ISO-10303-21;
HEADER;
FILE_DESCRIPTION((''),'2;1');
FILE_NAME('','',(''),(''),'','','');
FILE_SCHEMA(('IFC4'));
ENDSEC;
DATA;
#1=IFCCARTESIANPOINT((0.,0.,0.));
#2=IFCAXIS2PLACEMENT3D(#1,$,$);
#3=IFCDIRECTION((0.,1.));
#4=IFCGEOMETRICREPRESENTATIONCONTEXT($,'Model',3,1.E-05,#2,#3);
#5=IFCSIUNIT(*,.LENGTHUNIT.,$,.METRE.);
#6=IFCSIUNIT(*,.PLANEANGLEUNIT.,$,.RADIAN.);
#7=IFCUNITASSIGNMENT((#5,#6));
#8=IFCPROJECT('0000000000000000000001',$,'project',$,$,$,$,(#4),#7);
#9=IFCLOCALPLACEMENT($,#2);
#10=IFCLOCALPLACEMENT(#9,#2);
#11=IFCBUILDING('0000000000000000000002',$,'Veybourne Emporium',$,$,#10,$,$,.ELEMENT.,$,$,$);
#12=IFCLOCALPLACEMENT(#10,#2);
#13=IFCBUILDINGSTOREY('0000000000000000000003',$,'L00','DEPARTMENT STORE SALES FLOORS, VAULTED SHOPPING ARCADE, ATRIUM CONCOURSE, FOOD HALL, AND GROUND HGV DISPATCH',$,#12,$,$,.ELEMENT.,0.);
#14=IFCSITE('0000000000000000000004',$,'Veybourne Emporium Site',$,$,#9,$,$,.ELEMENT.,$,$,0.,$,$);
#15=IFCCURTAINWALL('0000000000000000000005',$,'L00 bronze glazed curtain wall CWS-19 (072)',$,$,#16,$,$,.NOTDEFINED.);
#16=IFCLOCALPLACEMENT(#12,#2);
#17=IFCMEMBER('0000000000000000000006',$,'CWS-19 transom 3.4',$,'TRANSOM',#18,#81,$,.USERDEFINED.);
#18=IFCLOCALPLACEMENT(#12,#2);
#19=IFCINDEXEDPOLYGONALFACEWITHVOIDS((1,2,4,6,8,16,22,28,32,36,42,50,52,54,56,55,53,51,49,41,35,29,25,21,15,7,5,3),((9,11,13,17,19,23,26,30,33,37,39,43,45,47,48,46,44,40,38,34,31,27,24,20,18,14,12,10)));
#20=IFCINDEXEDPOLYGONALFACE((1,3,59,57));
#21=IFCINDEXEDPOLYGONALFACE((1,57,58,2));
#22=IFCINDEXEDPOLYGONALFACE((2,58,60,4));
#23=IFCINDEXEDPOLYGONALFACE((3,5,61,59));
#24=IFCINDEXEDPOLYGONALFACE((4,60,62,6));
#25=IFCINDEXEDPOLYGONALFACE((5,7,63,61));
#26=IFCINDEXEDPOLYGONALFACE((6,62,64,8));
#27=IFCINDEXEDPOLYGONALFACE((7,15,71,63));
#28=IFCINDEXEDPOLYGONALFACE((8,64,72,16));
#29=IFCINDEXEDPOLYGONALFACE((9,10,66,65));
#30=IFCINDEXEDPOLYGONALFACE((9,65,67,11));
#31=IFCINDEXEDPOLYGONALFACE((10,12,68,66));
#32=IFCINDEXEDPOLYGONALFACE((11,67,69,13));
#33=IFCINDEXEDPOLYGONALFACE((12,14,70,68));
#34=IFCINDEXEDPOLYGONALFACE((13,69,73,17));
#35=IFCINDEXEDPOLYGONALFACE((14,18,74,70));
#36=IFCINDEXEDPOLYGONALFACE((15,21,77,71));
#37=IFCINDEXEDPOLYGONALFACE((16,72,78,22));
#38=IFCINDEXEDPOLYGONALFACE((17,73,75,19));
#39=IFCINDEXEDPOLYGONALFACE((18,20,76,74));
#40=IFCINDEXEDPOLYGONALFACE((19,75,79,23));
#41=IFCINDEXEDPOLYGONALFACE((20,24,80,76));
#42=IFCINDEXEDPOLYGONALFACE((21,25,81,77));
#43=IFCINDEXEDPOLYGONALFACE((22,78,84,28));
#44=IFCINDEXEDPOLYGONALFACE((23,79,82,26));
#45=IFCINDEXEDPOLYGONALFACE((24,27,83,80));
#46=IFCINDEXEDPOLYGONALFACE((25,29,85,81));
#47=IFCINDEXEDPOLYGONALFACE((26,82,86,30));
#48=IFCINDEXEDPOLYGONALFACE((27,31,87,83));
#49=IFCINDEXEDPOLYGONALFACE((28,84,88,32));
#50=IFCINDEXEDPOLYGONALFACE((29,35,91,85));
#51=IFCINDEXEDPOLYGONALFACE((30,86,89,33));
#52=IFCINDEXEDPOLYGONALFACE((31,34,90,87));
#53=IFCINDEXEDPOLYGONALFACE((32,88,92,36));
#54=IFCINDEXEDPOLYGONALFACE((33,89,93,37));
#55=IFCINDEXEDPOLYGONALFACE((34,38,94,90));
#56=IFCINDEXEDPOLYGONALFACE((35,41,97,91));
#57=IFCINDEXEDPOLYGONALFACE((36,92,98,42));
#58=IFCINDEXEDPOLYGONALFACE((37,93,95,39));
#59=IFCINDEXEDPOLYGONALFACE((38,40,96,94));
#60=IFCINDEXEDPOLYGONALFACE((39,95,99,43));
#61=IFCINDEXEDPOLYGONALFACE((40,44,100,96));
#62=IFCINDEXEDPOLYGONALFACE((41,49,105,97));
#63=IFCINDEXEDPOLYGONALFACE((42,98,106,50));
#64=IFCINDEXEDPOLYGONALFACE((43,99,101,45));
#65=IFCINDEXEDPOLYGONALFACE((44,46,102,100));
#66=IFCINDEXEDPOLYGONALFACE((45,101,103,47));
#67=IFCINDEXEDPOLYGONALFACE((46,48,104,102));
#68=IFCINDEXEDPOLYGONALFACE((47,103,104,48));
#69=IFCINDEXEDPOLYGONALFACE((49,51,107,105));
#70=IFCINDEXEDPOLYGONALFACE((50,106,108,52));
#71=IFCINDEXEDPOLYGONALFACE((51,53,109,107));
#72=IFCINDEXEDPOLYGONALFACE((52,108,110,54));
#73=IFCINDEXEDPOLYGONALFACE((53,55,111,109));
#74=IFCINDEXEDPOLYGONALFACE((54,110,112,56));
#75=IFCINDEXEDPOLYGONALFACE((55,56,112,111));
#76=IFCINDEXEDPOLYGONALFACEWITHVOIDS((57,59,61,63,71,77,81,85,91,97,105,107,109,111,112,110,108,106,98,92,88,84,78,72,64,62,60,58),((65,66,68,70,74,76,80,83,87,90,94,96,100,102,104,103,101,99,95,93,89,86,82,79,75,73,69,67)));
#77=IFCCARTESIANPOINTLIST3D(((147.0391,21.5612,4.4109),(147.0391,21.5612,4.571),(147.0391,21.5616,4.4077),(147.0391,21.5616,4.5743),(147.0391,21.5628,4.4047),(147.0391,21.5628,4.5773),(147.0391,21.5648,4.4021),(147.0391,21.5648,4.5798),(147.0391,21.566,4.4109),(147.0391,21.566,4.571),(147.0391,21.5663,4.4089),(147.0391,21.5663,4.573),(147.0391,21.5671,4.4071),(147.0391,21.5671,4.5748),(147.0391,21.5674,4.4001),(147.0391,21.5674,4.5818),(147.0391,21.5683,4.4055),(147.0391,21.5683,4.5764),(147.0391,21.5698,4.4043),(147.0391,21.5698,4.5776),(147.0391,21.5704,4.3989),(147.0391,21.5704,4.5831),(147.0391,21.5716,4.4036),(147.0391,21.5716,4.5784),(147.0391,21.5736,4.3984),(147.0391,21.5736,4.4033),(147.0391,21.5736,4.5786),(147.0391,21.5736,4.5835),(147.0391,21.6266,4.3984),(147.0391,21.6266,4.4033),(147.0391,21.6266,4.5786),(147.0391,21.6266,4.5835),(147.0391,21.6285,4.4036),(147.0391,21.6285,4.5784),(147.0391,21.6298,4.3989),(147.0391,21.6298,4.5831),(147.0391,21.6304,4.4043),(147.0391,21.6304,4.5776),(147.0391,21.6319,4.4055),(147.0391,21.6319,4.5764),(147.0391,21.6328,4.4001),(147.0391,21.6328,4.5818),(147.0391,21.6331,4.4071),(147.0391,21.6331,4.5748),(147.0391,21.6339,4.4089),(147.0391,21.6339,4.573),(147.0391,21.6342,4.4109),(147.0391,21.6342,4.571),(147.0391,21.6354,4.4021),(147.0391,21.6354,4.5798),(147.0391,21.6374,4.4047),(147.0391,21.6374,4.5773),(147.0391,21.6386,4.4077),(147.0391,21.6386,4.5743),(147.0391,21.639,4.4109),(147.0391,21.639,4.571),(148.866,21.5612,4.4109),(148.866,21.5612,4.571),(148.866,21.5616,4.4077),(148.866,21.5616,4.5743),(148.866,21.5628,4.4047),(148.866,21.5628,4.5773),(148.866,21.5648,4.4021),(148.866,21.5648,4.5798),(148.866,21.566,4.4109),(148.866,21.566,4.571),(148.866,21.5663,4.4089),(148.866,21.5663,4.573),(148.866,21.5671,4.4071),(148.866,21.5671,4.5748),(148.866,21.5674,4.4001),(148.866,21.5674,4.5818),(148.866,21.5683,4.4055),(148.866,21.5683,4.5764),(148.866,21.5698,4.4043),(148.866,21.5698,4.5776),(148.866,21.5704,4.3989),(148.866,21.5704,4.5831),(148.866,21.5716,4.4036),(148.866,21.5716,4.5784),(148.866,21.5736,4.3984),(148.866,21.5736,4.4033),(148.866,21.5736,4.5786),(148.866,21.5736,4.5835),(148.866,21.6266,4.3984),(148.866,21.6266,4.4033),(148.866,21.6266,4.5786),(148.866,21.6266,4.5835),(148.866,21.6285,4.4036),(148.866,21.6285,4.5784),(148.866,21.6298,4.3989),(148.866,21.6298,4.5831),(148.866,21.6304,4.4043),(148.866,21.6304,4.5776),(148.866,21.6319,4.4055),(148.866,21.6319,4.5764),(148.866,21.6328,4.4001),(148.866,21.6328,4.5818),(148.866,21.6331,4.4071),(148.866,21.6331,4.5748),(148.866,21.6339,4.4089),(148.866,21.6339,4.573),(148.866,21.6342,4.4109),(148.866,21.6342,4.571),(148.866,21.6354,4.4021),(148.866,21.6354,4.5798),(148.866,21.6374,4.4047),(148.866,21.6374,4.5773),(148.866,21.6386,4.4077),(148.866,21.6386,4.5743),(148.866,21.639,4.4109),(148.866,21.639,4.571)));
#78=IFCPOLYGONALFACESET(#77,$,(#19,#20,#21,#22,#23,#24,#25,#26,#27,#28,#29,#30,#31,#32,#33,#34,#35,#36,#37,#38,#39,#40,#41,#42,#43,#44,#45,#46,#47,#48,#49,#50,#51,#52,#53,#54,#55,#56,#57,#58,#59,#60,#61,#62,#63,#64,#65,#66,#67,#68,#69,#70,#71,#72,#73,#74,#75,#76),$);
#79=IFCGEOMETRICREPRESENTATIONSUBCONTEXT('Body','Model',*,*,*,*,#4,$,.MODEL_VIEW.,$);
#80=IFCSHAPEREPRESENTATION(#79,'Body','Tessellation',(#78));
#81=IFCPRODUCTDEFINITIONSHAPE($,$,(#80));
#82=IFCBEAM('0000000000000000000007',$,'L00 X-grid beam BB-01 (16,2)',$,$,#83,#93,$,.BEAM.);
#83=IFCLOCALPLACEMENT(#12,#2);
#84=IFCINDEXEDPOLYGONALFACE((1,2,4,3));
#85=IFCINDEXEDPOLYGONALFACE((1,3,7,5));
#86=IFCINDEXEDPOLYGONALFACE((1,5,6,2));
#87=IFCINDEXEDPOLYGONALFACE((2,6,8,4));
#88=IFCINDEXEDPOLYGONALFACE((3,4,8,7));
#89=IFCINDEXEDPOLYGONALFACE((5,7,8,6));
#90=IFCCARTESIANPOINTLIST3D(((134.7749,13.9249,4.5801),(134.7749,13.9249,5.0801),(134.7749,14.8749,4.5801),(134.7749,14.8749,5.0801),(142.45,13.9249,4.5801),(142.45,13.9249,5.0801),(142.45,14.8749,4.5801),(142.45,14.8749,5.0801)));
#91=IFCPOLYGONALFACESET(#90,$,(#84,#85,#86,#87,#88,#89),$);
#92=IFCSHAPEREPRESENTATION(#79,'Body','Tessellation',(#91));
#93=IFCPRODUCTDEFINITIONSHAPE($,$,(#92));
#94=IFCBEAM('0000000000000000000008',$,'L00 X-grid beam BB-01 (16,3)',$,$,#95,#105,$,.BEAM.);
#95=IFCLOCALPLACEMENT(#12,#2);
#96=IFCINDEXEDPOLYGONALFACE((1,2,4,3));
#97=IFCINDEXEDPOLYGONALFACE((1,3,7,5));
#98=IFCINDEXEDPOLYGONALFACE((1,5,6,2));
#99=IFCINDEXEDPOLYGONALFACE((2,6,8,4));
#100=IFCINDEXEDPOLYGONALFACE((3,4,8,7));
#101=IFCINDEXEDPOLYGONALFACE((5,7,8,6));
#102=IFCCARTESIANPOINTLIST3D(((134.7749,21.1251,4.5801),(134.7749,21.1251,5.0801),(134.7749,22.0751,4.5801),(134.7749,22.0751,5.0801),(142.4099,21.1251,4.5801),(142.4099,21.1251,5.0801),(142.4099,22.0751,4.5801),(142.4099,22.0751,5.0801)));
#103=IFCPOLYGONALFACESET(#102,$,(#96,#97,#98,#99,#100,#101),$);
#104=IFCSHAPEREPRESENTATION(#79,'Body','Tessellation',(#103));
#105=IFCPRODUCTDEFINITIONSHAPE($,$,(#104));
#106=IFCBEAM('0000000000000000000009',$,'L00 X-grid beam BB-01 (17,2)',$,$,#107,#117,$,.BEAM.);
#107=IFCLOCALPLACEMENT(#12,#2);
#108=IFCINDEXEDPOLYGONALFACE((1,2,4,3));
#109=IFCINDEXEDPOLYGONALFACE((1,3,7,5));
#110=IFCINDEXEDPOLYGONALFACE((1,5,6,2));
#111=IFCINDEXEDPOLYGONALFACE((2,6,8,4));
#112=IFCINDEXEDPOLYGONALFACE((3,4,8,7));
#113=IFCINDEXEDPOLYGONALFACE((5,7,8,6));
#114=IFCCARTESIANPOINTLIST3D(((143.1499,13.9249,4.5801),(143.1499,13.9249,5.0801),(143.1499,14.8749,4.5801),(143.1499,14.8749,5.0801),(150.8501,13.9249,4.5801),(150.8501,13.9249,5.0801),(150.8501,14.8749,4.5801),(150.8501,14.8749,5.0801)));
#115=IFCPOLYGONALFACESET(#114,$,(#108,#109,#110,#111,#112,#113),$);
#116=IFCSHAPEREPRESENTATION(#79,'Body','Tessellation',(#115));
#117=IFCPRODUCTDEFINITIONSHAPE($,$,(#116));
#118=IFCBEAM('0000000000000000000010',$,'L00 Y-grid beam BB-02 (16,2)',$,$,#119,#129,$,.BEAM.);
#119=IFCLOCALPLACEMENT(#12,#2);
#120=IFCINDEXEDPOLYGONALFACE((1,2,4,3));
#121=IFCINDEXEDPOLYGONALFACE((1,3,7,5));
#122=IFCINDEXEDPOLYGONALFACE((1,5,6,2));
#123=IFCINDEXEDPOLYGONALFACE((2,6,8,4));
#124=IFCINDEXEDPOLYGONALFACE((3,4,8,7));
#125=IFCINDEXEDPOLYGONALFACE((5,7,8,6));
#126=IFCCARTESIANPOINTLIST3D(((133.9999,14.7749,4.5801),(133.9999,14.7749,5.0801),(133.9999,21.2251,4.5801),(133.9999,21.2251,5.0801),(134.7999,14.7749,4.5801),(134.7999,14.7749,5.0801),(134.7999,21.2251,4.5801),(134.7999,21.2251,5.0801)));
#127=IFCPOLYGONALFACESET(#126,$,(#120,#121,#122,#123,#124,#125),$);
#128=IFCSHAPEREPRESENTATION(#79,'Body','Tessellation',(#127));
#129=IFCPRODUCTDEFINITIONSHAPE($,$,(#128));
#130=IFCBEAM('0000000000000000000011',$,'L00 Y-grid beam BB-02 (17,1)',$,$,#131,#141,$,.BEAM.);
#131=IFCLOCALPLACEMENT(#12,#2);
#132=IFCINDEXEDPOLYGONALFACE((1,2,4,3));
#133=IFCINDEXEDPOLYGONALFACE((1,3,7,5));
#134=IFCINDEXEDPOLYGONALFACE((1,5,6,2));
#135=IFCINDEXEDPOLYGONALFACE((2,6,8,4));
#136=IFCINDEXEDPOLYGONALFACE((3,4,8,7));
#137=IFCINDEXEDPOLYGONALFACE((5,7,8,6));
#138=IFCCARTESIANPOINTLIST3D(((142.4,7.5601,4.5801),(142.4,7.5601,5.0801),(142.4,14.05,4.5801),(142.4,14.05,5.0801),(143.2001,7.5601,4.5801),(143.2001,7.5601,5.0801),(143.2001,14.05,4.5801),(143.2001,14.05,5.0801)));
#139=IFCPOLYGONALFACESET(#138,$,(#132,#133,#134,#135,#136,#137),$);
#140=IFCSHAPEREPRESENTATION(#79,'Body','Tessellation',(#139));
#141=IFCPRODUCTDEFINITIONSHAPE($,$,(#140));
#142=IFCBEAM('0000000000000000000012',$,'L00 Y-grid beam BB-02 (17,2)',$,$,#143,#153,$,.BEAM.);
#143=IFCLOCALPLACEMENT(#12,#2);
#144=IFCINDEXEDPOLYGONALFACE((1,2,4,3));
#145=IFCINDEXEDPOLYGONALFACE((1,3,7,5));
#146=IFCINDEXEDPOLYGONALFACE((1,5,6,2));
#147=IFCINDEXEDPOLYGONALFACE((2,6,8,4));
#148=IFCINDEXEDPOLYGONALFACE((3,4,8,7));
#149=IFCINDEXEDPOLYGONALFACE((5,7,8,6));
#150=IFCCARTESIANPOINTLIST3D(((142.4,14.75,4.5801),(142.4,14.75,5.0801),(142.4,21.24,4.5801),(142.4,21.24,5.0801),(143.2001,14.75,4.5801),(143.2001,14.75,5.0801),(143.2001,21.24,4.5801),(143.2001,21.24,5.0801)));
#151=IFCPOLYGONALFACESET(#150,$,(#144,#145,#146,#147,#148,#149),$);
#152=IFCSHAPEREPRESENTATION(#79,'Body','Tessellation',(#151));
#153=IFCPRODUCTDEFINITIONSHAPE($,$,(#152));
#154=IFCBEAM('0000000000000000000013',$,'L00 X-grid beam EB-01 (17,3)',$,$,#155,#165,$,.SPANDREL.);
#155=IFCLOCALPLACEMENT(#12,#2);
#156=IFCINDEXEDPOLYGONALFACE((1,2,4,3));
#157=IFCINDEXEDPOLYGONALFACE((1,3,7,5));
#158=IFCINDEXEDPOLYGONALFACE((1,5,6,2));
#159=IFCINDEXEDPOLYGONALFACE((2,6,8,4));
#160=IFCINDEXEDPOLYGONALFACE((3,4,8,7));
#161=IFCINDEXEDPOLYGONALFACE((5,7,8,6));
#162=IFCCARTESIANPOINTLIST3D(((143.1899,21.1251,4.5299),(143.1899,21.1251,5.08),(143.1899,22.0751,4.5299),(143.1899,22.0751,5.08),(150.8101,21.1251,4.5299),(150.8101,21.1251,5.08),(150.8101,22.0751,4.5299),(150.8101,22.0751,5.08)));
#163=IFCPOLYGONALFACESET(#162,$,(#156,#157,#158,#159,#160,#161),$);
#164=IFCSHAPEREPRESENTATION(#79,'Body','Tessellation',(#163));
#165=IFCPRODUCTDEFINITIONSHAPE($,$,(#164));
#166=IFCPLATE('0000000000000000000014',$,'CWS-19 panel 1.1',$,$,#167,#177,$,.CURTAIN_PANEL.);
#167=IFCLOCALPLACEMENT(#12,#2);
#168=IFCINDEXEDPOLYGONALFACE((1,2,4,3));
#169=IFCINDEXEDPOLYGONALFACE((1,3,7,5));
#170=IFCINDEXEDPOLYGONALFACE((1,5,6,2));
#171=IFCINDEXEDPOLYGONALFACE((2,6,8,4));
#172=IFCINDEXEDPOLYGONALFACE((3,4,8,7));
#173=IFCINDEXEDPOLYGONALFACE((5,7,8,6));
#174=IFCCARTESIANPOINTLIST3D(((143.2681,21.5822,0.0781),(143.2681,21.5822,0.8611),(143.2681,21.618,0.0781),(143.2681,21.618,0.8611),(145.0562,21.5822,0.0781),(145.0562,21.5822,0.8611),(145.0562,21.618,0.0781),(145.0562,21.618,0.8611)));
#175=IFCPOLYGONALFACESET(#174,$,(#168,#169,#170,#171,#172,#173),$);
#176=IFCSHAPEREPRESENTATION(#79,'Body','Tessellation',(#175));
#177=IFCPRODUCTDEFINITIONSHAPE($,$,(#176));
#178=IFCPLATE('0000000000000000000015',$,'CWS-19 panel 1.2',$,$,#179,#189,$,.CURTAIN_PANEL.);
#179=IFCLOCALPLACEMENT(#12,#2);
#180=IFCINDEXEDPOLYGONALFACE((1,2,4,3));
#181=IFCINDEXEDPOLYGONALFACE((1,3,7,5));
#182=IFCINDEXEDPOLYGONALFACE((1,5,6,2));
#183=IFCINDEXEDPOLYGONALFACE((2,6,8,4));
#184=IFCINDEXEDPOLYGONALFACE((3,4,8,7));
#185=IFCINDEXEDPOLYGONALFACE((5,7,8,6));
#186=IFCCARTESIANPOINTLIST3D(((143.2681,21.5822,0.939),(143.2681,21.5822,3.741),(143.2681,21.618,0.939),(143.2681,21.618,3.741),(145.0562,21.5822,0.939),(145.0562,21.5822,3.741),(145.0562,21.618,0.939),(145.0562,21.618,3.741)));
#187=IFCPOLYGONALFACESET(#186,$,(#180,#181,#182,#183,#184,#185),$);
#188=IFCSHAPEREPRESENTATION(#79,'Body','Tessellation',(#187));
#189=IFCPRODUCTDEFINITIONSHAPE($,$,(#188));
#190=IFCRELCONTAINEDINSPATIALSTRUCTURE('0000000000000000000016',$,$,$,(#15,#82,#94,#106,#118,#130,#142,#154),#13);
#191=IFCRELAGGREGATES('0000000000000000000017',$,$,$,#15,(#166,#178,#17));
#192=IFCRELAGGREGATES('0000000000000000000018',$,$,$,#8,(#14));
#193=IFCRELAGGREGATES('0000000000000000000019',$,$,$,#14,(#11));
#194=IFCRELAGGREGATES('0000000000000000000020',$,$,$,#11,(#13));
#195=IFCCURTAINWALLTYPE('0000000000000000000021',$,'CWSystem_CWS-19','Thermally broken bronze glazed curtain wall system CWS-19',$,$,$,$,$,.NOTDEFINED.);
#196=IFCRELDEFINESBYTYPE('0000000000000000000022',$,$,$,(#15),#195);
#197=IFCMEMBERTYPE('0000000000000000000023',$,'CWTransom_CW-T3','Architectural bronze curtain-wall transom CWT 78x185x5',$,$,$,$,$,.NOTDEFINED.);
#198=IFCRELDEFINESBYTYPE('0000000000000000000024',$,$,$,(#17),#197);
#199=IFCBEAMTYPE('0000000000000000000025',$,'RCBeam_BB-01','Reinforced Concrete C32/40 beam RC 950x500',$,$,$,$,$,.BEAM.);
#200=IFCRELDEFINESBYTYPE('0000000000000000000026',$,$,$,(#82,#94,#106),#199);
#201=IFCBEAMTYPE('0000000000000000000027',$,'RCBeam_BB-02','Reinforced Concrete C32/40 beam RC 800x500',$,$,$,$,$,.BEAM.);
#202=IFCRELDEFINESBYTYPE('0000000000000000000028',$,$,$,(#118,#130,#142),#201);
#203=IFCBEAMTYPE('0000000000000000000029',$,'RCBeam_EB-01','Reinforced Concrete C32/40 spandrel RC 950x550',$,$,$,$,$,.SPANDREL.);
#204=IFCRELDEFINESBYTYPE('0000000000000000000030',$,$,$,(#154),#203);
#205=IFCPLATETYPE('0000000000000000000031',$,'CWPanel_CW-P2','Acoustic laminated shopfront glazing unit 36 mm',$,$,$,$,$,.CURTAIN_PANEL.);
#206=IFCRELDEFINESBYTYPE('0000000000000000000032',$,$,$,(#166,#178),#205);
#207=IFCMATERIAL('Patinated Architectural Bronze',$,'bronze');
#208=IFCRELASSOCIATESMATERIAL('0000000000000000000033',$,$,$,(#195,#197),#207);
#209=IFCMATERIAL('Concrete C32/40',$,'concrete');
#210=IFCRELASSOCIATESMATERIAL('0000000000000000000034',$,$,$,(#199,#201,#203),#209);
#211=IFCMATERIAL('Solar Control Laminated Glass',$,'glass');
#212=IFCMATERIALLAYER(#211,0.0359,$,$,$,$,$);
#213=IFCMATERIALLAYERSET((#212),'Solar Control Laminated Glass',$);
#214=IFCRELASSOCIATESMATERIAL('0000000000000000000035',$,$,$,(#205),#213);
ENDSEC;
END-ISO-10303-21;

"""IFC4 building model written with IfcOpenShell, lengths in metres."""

from ifc_helpers import new_model, si_unit, direction, frame, origin, origin_2d, place, context, subcontext, project, spatial, rectangle, hollow_rectangle, extrude, material, layer, layer_set, material_profile, profile_set, type_object, element, aggregate, save


model = new_model("IFC4")

# Units and contexts
model_context = context("Model", 3, precision=1e-05, world=origin(), true_north=direction((0.0, 1.0)))
body_context = subcontext(model_context, "Body", "Model", "MODEL_VIEW")
ifc_project = project(units=[si_unit("LENGTHUNIT", "METRE"), si_unit("PLANEANGLEUNIT", "RADIAN")], contexts=[model_context])

# Site, building, storey
site_placement = place(None, origin())
site = spatial("IfcSite", under=ifc_project, at=site_placement, Name="Veybourne Emporium Site", CompositionType="ELEMENT", RefElevation=0.0)
building_placement = place(site_placement, origin())
building = spatial("IfcBuilding", under=site, at=building_placement, Name="Veybourne Emporium", CompositionType="ELEMENT")
storey_placement = place(building_placement, origin())
storey = spatial("IfcBuildingStorey", under=building, at=storey_placement, Name="L00", Description="DEPARTMENT STORE SALES FLOORS, VAULTED SHOPPING ARCADE, ATRIUM CONCOURSE, FOOD HALL, AND GROUND HGV DISPATCH", CompositionType="ELEMENT", Elevation=0.0)

# Curtain wall, member
ifc_material_1 = material(Name="Patinated Architectural Bronze", Category="bronze")
curtain_wall_type = type_object("IfcCurtainWallType", Name="CWSystem_CWS-19", Description="Thermally broken bronze glazed curtain wall system CWS-19", PredefinedType="NOTDEFINED", material=ifc_material_1)
curtain_wall_placement = place(storey_placement, origin())
curtain_wall = element("IfcCurtainWall", 1, at=curtain_wall_placement, inside=storey, type_object=curtain_wall_type, Name="L00 bronze glazed curtain wall CWS-19 (072)", PredefinedType="NOTDEFINED")
ifc_material_profile_1 = material_profile(ifc_material_1, hollow_rectangle(XDim=0.0779, YDim=0.1851, WallThickness=0.0049, InnerFilletRadius=0.0076, OuterFilletRadius=0.0125, at=origin_2d()), Name="CWT 78x185x5")
ifc_profile_set_1 = profile_set([ifc_material_profile_1], Name="Patinated Architectural Bronze")
member_type_1 = type_object("IfcMemberType", Name="CWTransom_CW-T3", Description="Architectural bronze curtain-wall transom CWT 78x185x5", PredefinedType="NOTDEFINED", material=ifc_profile_set_1)
member_1_placement = place(storey_placement, frame((147.0391, 21.6001, 4.491), z_axis=(1.0, 0.0, 0.0), x_axis=(0.0, 1.0, 0.0)))
member_1 = element("IfcMember", 2, at=member_1_placement, type_object=member_type_1, Name="CWS-19 transom 3.4", ObjectType="TRANSOM", PredefinedType="USERDEFINED", context=body_context, shape_type="SweptSolid", body=[
    extrude(hollow_rectangle(XDim=0.0779, YDim=0.1851, WallThickness=0.0049, InnerFilletRadius=0.0076, OuterFilletRadius=0.0125, at=origin_2d()), origin(), (0.0, 0.0, 1.0), 1.8269),
])

# Beams
ifc_material_2 = material(Name="Concrete C32/40", Category="concrete")
ifc_material_profile_2 = material_profile(ifc_material_2, rectangle(XDim=0.95, YDim=0.5, at=origin_2d()), Name="RC 950x500")
ifc_profile_set_2 = profile_set([ifc_material_profile_2], Name="Concrete C32/40")
beam_type_1 = type_object("IfcBeamType", Name="RCBeam_BB-01", Description="Reinforced Concrete C32/40 beam RC 950x500", PredefinedType="BEAM", material=ifc_profile_set_2)
beam_1_placement = place(storey_placement, frame((134.7749, 14.3999, 4.8301), z_axis=(1.0, 0.0, 0.0), x_axis=(0.0, 1.0, 0.0)))
element("IfcBeam", 3, at=beam_1_placement, inside=storey, type_object=beam_type_1, Name="L00 X-grid beam BB-01 (16,2)", PredefinedType="BEAM", context=body_context, shape_type="SweptSolid", body=[
    extrude(rectangle(XDim=0.95, YDim=0.5, at=origin_2d()), origin(), (0.0, 0.0, 1.0), 7.675),
])
beam_2_placement = place(storey_placement, frame((134.7749, 21.6001, 4.8301), z_axis=(1.0, 0.0, 0.0), x_axis=(0.0, 1.0, 0.0)))
element("IfcBeam", 4, at=beam_2_placement, inside=storey, type_object=beam_type_1, Name="L00 X-grid beam BB-01 (16,3)", PredefinedType="BEAM", context=body_context, shape_type="SweptSolid", body=[
    extrude(rectangle(XDim=0.95, YDim=0.5, at=origin_2d()), origin(), (0.0, 0.0, 1.0), 7.635),
])
beam_3_placement = place(storey_placement, frame((143.1499, 14.3999, 4.8301), z_axis=(1.0, 0.0, 0.0), x_axis=(0.0, 1.0, 0.0)))
element("IfcBeam", 5, at=beam_3_placement, inside=storey, type_object=beam_type_1, Name="L00 X-grid beam BB-01 (17,2)", PredefinedType="BEAM", context=body_context, shape_type="SweptSolid", body=[
    extrude(rectangle(XDim=0.95, YDim=0.5, at=origin_2d()), origin(), (0.0, 0.0, 1.0), 7.7002),
])
ifc_material_profile_3 = material_profile(ifc_material_2, rectangle(XDim=0.8, YDim=0.5, at=origin_2d()), Name="RC 800x500")
ifc_profile_set_3 = profile_set([ifc_material_profile_3], Name="Concrete C32/40")
beam_type_2 = type_object("IfcBeamType", Name="RCBeam_BB-02", Description="Reinforced Concrete C32/40 beam RC 800x500", PredefinedType="BEAM", material=ifc_profile_set_3)
beam_4_placement = place(storey_placement, frame((134.3999, 14.7749, 4.8301), z_axis=(0.0, 1.0, 0.0), x_axis=(-1.0, 0.0, 0.0)))
element("IfcBeam", 6, at=beam_4_placement, inside=storey, type_object=beam_type_2, Name="L00 Y-grid beam BB-02 (16,2)", PredefinedType="BEAM", context=body_context, shape_type="SweptSolid", body=[
    extrude(rectangle(XDim=0.8, YDim=0.5, at=origin_2d()), origin(), (0.0, 0.0, 1.0), 6.4502),
])
for number, where, z_axis, x_axis, name in (
    (7, (142.8, 7.5601, 4.8301), (0.0, 1.0, 0.0), (-1.0, 0.0, 0.0), "L00 Y-grid beam BB-02 (17,1)"),
    (8, (142.8, 14.75, 4.8301), (0.0, 1.0, 0.0), (-1.0, 0.0, 0.0), "L00 Y-grid beam BB-02 (17,2)"),
):
    element("IfcBeam", number, at=place(storey_placement, frame(where, z_axis=z_axis, x_axis=x_axis)), inside=storey, type_object=beam_type_2, Name=name, PredefinedType="BEAM", context=body_context, shape_type="SweptSolid", body=[
        extrude(rectangle(XDim=0.8, YDim=0.5, at=origin_2d()), origin(), (0.0, 0.0, 1.0), 6.49),
    ])
ifc_material_profile_4 = material_profile(ifc_material_2, rectangle(XDim=0.95, YDim=0.55, at=origin_2d()), Name="RC 950x550")
ifc_profile_set_4 = profile_set([ifc_material_profile_4], Name="Concrete C32/40")
beam_type_3 = type_object("IfcBeamType", Name="RCBeam_EB-01", Description="Reinforced Concrete C32/40 spandrel RC 950x550", PredefinedType="SPANDREL", material=ifc_profile_set_4)
beam_5_placement = place(storey_placement, frame((143.1899, 21.6001, 4.8049), z_axis=(1.0, 0.0, 0.0), x_axis=(0.0, 1.0, 0.0)))
element("IfcBeam", 9, at=beam_5_placement, inside=storey, type_object=beam_type_3, Name="L00 X-grid beam EB-01 (17,3)", PredefinedType="SPANDREL", context=body_context, shape_type="SweptSolid", body=[
    extrude(rectangle(XDim=0.95, YDim=0.55, at=origin_2d()), origin(), (0.0, 0.0, 1.0), 7.6201),
])

# Plates
ifc_material_3 = material(Name="Solar Control Laminated Glass", Category="glass")
ifc_layer = layer(ifc_material_3, 0.0359)
ifc_layer_set = layer_set([ifc_layer], Name="Solar Control Laminated Glass")
plate_type = type_object("IfcPlateType", Name="CWPanel_CW-P2", Description="Acoustic laminated shopfront glazing unit 36 mm", PredefinedType="CURTAIN_PANEL", material=ifc_layer_set)
plate_1_placement = place(storey_placement, frame((144.1621, 21.6001, 0.0781), z_axis=(0.0, 0.0, 1.0), x_axis=(1.0, 0.0, 0.0)))
plate_1 = element("IfcPlate", 10, at=plate_1_placement, type_object=plate_type, Name="CWS-19 panel 1.1", PredefinedType="CURTAIN_PANEL", context=body_context, shape_type="SweptSolid", body=[
    extrude(rectangle(XDim=1.7881, YDim=0.0359, at=origin_2d()), origin(), (0.0, 0.0, 1.0), 0.783),
])
plate_2_placement = place(storey_placement, frame((144.1621, 21.6001, 0.939), z_axis=(0.0, 0.0, 1.0), x_axis=(1.0, 0.0, 0.0)))
plate_2 = element("IfcPlate", 11, at=plate_2_placement, type_object=plate_type, Name="CWS-19 panel 1.2", PredefinedType="CURTAIN_PANEL", context=body_context, shape_type="SweptSolid", body=[
    extrude(rectangle(XDim=1.7881, YDim=0.0359, at=origin_2d()), origin(), (0.0, 0.0, 1.0), 2.802),
])
aggregate(curtain_wall, [plate_1, plate_2, member_1])

save(model, "model.ifc")
